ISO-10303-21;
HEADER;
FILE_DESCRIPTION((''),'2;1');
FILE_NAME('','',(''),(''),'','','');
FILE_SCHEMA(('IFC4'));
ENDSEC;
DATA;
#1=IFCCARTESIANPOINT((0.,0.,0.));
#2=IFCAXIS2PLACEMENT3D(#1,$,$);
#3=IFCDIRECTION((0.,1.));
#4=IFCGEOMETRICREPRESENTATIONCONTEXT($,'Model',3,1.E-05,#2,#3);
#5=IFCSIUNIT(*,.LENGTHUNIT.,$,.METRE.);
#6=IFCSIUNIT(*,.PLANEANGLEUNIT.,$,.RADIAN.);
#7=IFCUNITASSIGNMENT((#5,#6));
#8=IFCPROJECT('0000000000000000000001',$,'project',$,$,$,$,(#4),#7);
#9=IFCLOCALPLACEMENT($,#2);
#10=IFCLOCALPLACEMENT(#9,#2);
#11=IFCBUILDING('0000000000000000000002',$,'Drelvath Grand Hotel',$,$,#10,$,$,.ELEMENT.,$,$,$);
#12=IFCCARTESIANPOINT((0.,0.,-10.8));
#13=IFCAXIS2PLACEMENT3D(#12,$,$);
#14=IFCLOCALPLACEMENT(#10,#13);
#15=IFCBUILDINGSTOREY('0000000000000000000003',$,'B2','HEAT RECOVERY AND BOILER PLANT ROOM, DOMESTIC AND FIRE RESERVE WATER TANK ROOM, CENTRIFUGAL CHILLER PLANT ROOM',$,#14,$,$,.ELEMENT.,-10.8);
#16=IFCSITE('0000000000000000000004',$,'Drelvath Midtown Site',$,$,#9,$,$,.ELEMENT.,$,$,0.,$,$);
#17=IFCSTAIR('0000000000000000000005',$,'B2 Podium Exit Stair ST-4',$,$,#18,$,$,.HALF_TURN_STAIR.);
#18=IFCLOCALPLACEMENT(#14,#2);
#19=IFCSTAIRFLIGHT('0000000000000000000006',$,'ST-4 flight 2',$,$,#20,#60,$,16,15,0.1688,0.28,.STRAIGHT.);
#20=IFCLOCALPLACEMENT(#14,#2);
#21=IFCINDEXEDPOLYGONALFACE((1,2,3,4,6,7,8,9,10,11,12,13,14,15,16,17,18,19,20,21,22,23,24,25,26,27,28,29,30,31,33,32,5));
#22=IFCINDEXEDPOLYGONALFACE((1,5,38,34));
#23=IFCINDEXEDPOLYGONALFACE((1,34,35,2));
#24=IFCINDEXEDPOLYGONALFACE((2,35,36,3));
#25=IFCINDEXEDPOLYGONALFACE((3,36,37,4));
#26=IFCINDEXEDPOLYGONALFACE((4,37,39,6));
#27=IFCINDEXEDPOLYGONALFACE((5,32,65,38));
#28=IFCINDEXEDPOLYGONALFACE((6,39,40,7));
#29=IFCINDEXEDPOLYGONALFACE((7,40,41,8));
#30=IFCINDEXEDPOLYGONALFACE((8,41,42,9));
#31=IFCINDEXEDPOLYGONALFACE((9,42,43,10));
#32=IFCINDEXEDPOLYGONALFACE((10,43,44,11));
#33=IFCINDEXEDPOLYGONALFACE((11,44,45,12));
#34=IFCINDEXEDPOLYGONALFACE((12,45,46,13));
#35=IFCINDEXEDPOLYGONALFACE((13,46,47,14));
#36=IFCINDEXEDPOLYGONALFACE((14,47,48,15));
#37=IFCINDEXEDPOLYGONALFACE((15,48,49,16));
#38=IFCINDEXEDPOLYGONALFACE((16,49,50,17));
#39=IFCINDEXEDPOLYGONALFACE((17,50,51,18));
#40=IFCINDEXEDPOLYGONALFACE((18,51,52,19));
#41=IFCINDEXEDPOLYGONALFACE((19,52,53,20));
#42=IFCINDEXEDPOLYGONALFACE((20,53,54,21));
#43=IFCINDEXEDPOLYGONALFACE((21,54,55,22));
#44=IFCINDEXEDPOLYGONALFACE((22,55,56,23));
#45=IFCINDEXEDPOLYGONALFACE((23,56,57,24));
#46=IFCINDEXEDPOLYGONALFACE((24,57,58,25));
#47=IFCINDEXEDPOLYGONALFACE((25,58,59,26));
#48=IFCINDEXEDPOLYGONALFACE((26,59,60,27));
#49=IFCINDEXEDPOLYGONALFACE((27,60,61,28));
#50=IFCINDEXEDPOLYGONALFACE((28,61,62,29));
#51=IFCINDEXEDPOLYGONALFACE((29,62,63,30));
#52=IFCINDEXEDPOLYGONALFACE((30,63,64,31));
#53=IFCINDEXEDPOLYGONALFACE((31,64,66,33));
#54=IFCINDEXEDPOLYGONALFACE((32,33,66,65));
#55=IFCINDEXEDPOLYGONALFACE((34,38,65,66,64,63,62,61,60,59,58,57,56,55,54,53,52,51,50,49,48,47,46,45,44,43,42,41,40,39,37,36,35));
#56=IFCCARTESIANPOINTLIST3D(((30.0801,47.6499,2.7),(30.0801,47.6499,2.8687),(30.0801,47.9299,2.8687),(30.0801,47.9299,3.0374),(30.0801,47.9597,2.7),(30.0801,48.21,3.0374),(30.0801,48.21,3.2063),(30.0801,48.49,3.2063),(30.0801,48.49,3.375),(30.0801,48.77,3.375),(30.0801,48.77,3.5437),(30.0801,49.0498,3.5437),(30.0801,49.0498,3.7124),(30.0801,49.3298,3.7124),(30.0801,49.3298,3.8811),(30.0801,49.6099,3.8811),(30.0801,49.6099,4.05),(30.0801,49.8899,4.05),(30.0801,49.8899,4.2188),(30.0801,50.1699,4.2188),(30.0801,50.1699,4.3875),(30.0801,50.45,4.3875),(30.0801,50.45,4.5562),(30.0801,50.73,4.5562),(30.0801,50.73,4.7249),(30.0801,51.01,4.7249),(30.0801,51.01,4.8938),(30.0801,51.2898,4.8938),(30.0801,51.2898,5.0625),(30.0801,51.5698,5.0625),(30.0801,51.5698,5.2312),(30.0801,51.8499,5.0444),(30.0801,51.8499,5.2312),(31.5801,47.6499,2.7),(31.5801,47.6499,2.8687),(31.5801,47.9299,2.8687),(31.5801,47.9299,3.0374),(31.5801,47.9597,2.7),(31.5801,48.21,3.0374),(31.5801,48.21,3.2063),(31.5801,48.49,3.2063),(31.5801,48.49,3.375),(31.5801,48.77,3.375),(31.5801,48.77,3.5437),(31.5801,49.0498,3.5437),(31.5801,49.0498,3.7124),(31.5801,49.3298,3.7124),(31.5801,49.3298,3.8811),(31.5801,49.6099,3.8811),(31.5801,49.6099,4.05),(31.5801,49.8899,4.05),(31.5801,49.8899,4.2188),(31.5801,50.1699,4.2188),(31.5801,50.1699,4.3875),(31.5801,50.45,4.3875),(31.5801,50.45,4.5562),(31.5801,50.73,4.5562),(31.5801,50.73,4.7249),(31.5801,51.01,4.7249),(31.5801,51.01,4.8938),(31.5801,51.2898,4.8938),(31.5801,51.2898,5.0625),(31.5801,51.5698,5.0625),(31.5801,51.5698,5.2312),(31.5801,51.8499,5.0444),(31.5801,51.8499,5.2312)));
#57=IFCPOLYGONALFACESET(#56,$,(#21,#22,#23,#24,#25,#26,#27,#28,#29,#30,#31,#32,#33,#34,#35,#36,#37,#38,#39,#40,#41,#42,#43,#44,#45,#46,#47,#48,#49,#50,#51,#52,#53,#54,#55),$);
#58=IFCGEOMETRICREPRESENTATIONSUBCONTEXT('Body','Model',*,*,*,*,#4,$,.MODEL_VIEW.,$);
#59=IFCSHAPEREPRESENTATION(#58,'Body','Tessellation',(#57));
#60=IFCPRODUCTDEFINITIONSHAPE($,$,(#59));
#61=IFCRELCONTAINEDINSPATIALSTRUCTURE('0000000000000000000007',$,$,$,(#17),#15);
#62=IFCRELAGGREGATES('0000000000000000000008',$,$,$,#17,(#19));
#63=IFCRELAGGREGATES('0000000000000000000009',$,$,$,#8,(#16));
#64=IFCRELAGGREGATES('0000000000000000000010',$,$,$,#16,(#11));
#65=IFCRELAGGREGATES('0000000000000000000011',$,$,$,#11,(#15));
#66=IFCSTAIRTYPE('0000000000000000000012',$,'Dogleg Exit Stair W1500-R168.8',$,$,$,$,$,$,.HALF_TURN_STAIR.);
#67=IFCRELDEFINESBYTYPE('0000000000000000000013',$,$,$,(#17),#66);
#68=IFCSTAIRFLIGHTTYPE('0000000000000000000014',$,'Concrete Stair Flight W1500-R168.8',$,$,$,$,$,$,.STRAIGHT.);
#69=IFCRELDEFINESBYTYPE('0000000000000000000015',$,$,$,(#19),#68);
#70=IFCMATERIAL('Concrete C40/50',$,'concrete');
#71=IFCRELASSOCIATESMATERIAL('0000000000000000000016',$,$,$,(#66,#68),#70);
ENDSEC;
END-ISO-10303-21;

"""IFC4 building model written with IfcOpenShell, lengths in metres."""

from ifc_helpers import new_model, si_unit, direction, frame, origin, place, context, subcontext, project, spatial, polyline, outline, extrude, material, type_object, element, aggregate, save


model = new_model("IFC4")

# Units and contexts
model_context = context("Model", 3, precision=1e-05, world=origin(), true_north=direction((0.0, 1.0)))
body_context = subcontext(model_context, "Body", "Model", "MODEL_VIEW")
ifc_project = project(units=[si_unit("LENGTHUNIT", "METRE"), si_unit("PLANEANGLEUNIT", "RADIAN")], contexts=[model_context])

# Site, building, storey
site_placement = place(None, origin())
site = spatial("IfcSite", under=ifc_project, at=site_placement, Name="Drelvath Midtown Site", CompositionType="ELEMENT", RefElevation=0.0)
building_placement = place(site_placement, origin())
building = spatial("IfcBuilding", under=site, at=building_placement, Name="Drelvath Grand Hotel", CompositionType="ELEMENT")
storey_placement = place(building_placement, frame((0.0, 0.0, -10.8)))
storey = spatial("IfcBuildingStorey", under=building, at=storey_placement, Name="B2", Description="HEAT RECOVERY AND BOILER PLANT ROOM, DOMESTIC AND FIRE RESERVE WATER TANK ROOM, CENTRIFUGAL CHILLER PLANT ROOM", CompositionType="ELEMENT", Elevation=-10.8)

# Shared definitions
ifc_material_1 = material(Name="Concrete C40/50", Category="concrete")

# Stair, stair flight
stair_type = type_object("IfcStairType", Name="Dogleg Exit Stair W1500-R168.8", PredefinedType="HALF_TURN_STAIR", material=ifc_material_1)
stair_placement = place(storey_placement, origin())
stair = element("IfcStair", 1, at=stair_placement, inside=storey, type_object=stair_type, Name="B2 Podium Exit Stair ST-4", PredefinedType="HALF_TURN_STAIR")
stair_flight_type = type_object("IfcStairFlightType", Name="Concrete Stair Flight W1500-R168.8", PredefinedType="STRAIGHT", material=ifc_material_1)
stair_flight_1_placement = place(storey_placement, frame((30.8301, 47.6499, 2.7), z_axis=(0.0, 0.0, 1.0), x_axis=(0.0, 1.0, 0.0)))
stair_flight_1 = element("IfcStairFlight", 2, at=stair_flight_1_placement, type_object=stair_flight_type, Name="ST-4 flight 2", NumberOfRisers=16, NumberOfTreads=15, PredefinedType="STRAIGHT", RiserHeight=0.1688, TreadLength=0.28, context=body_context, shape_type="SweptSolid", body=[
    extrude(outline(polyline([(0.0, 0.0), (0.0, 0.1687), (0.28, 0.1687), (0.28, 0.3374), (0.5601, 0.3374), (0.5601, 0.5063), (0.8401, 0.5063), (0.8401, 0.675), (1.1201, 0.675), (1.1201, 0.8438), (1.3999, 0.8438), (1.3999, 1.0125), (1.6799, 1.0125), (1.6799, 1.1812), (1.96, 1.1812), (1.96, 1.3501), (2.24, 1.3501), (2.24, 1.5188), (2.52, 1.5188), (2.52, 1.6875), (2.8, 1.6875), (2.8, 1.8562), (3.0801, 1.8562), (3.0801, 2.0249), (3.3601, 2.0249), (3.3601, 2.1938), (3.6399, 2.1938), (3.6399, 2.3625), (3.9199, 2.3625), (3.9199, 2.5312), (4.2, 2.5312), (4.2, 2.7), (4.2, 2.3445), (0.3098, 0.0), (0.0, 0.0)])), frame((0.0, 0.75, 0.0), z_axis=(0.0, -1.0, 0.0), x_axis=(1.0, 0.0, 0.0)), (0.0, 0.0, 1.0), 1.5),
])
aggregate(stair, [stair_flight_1])

save(model, "model.ifc")
